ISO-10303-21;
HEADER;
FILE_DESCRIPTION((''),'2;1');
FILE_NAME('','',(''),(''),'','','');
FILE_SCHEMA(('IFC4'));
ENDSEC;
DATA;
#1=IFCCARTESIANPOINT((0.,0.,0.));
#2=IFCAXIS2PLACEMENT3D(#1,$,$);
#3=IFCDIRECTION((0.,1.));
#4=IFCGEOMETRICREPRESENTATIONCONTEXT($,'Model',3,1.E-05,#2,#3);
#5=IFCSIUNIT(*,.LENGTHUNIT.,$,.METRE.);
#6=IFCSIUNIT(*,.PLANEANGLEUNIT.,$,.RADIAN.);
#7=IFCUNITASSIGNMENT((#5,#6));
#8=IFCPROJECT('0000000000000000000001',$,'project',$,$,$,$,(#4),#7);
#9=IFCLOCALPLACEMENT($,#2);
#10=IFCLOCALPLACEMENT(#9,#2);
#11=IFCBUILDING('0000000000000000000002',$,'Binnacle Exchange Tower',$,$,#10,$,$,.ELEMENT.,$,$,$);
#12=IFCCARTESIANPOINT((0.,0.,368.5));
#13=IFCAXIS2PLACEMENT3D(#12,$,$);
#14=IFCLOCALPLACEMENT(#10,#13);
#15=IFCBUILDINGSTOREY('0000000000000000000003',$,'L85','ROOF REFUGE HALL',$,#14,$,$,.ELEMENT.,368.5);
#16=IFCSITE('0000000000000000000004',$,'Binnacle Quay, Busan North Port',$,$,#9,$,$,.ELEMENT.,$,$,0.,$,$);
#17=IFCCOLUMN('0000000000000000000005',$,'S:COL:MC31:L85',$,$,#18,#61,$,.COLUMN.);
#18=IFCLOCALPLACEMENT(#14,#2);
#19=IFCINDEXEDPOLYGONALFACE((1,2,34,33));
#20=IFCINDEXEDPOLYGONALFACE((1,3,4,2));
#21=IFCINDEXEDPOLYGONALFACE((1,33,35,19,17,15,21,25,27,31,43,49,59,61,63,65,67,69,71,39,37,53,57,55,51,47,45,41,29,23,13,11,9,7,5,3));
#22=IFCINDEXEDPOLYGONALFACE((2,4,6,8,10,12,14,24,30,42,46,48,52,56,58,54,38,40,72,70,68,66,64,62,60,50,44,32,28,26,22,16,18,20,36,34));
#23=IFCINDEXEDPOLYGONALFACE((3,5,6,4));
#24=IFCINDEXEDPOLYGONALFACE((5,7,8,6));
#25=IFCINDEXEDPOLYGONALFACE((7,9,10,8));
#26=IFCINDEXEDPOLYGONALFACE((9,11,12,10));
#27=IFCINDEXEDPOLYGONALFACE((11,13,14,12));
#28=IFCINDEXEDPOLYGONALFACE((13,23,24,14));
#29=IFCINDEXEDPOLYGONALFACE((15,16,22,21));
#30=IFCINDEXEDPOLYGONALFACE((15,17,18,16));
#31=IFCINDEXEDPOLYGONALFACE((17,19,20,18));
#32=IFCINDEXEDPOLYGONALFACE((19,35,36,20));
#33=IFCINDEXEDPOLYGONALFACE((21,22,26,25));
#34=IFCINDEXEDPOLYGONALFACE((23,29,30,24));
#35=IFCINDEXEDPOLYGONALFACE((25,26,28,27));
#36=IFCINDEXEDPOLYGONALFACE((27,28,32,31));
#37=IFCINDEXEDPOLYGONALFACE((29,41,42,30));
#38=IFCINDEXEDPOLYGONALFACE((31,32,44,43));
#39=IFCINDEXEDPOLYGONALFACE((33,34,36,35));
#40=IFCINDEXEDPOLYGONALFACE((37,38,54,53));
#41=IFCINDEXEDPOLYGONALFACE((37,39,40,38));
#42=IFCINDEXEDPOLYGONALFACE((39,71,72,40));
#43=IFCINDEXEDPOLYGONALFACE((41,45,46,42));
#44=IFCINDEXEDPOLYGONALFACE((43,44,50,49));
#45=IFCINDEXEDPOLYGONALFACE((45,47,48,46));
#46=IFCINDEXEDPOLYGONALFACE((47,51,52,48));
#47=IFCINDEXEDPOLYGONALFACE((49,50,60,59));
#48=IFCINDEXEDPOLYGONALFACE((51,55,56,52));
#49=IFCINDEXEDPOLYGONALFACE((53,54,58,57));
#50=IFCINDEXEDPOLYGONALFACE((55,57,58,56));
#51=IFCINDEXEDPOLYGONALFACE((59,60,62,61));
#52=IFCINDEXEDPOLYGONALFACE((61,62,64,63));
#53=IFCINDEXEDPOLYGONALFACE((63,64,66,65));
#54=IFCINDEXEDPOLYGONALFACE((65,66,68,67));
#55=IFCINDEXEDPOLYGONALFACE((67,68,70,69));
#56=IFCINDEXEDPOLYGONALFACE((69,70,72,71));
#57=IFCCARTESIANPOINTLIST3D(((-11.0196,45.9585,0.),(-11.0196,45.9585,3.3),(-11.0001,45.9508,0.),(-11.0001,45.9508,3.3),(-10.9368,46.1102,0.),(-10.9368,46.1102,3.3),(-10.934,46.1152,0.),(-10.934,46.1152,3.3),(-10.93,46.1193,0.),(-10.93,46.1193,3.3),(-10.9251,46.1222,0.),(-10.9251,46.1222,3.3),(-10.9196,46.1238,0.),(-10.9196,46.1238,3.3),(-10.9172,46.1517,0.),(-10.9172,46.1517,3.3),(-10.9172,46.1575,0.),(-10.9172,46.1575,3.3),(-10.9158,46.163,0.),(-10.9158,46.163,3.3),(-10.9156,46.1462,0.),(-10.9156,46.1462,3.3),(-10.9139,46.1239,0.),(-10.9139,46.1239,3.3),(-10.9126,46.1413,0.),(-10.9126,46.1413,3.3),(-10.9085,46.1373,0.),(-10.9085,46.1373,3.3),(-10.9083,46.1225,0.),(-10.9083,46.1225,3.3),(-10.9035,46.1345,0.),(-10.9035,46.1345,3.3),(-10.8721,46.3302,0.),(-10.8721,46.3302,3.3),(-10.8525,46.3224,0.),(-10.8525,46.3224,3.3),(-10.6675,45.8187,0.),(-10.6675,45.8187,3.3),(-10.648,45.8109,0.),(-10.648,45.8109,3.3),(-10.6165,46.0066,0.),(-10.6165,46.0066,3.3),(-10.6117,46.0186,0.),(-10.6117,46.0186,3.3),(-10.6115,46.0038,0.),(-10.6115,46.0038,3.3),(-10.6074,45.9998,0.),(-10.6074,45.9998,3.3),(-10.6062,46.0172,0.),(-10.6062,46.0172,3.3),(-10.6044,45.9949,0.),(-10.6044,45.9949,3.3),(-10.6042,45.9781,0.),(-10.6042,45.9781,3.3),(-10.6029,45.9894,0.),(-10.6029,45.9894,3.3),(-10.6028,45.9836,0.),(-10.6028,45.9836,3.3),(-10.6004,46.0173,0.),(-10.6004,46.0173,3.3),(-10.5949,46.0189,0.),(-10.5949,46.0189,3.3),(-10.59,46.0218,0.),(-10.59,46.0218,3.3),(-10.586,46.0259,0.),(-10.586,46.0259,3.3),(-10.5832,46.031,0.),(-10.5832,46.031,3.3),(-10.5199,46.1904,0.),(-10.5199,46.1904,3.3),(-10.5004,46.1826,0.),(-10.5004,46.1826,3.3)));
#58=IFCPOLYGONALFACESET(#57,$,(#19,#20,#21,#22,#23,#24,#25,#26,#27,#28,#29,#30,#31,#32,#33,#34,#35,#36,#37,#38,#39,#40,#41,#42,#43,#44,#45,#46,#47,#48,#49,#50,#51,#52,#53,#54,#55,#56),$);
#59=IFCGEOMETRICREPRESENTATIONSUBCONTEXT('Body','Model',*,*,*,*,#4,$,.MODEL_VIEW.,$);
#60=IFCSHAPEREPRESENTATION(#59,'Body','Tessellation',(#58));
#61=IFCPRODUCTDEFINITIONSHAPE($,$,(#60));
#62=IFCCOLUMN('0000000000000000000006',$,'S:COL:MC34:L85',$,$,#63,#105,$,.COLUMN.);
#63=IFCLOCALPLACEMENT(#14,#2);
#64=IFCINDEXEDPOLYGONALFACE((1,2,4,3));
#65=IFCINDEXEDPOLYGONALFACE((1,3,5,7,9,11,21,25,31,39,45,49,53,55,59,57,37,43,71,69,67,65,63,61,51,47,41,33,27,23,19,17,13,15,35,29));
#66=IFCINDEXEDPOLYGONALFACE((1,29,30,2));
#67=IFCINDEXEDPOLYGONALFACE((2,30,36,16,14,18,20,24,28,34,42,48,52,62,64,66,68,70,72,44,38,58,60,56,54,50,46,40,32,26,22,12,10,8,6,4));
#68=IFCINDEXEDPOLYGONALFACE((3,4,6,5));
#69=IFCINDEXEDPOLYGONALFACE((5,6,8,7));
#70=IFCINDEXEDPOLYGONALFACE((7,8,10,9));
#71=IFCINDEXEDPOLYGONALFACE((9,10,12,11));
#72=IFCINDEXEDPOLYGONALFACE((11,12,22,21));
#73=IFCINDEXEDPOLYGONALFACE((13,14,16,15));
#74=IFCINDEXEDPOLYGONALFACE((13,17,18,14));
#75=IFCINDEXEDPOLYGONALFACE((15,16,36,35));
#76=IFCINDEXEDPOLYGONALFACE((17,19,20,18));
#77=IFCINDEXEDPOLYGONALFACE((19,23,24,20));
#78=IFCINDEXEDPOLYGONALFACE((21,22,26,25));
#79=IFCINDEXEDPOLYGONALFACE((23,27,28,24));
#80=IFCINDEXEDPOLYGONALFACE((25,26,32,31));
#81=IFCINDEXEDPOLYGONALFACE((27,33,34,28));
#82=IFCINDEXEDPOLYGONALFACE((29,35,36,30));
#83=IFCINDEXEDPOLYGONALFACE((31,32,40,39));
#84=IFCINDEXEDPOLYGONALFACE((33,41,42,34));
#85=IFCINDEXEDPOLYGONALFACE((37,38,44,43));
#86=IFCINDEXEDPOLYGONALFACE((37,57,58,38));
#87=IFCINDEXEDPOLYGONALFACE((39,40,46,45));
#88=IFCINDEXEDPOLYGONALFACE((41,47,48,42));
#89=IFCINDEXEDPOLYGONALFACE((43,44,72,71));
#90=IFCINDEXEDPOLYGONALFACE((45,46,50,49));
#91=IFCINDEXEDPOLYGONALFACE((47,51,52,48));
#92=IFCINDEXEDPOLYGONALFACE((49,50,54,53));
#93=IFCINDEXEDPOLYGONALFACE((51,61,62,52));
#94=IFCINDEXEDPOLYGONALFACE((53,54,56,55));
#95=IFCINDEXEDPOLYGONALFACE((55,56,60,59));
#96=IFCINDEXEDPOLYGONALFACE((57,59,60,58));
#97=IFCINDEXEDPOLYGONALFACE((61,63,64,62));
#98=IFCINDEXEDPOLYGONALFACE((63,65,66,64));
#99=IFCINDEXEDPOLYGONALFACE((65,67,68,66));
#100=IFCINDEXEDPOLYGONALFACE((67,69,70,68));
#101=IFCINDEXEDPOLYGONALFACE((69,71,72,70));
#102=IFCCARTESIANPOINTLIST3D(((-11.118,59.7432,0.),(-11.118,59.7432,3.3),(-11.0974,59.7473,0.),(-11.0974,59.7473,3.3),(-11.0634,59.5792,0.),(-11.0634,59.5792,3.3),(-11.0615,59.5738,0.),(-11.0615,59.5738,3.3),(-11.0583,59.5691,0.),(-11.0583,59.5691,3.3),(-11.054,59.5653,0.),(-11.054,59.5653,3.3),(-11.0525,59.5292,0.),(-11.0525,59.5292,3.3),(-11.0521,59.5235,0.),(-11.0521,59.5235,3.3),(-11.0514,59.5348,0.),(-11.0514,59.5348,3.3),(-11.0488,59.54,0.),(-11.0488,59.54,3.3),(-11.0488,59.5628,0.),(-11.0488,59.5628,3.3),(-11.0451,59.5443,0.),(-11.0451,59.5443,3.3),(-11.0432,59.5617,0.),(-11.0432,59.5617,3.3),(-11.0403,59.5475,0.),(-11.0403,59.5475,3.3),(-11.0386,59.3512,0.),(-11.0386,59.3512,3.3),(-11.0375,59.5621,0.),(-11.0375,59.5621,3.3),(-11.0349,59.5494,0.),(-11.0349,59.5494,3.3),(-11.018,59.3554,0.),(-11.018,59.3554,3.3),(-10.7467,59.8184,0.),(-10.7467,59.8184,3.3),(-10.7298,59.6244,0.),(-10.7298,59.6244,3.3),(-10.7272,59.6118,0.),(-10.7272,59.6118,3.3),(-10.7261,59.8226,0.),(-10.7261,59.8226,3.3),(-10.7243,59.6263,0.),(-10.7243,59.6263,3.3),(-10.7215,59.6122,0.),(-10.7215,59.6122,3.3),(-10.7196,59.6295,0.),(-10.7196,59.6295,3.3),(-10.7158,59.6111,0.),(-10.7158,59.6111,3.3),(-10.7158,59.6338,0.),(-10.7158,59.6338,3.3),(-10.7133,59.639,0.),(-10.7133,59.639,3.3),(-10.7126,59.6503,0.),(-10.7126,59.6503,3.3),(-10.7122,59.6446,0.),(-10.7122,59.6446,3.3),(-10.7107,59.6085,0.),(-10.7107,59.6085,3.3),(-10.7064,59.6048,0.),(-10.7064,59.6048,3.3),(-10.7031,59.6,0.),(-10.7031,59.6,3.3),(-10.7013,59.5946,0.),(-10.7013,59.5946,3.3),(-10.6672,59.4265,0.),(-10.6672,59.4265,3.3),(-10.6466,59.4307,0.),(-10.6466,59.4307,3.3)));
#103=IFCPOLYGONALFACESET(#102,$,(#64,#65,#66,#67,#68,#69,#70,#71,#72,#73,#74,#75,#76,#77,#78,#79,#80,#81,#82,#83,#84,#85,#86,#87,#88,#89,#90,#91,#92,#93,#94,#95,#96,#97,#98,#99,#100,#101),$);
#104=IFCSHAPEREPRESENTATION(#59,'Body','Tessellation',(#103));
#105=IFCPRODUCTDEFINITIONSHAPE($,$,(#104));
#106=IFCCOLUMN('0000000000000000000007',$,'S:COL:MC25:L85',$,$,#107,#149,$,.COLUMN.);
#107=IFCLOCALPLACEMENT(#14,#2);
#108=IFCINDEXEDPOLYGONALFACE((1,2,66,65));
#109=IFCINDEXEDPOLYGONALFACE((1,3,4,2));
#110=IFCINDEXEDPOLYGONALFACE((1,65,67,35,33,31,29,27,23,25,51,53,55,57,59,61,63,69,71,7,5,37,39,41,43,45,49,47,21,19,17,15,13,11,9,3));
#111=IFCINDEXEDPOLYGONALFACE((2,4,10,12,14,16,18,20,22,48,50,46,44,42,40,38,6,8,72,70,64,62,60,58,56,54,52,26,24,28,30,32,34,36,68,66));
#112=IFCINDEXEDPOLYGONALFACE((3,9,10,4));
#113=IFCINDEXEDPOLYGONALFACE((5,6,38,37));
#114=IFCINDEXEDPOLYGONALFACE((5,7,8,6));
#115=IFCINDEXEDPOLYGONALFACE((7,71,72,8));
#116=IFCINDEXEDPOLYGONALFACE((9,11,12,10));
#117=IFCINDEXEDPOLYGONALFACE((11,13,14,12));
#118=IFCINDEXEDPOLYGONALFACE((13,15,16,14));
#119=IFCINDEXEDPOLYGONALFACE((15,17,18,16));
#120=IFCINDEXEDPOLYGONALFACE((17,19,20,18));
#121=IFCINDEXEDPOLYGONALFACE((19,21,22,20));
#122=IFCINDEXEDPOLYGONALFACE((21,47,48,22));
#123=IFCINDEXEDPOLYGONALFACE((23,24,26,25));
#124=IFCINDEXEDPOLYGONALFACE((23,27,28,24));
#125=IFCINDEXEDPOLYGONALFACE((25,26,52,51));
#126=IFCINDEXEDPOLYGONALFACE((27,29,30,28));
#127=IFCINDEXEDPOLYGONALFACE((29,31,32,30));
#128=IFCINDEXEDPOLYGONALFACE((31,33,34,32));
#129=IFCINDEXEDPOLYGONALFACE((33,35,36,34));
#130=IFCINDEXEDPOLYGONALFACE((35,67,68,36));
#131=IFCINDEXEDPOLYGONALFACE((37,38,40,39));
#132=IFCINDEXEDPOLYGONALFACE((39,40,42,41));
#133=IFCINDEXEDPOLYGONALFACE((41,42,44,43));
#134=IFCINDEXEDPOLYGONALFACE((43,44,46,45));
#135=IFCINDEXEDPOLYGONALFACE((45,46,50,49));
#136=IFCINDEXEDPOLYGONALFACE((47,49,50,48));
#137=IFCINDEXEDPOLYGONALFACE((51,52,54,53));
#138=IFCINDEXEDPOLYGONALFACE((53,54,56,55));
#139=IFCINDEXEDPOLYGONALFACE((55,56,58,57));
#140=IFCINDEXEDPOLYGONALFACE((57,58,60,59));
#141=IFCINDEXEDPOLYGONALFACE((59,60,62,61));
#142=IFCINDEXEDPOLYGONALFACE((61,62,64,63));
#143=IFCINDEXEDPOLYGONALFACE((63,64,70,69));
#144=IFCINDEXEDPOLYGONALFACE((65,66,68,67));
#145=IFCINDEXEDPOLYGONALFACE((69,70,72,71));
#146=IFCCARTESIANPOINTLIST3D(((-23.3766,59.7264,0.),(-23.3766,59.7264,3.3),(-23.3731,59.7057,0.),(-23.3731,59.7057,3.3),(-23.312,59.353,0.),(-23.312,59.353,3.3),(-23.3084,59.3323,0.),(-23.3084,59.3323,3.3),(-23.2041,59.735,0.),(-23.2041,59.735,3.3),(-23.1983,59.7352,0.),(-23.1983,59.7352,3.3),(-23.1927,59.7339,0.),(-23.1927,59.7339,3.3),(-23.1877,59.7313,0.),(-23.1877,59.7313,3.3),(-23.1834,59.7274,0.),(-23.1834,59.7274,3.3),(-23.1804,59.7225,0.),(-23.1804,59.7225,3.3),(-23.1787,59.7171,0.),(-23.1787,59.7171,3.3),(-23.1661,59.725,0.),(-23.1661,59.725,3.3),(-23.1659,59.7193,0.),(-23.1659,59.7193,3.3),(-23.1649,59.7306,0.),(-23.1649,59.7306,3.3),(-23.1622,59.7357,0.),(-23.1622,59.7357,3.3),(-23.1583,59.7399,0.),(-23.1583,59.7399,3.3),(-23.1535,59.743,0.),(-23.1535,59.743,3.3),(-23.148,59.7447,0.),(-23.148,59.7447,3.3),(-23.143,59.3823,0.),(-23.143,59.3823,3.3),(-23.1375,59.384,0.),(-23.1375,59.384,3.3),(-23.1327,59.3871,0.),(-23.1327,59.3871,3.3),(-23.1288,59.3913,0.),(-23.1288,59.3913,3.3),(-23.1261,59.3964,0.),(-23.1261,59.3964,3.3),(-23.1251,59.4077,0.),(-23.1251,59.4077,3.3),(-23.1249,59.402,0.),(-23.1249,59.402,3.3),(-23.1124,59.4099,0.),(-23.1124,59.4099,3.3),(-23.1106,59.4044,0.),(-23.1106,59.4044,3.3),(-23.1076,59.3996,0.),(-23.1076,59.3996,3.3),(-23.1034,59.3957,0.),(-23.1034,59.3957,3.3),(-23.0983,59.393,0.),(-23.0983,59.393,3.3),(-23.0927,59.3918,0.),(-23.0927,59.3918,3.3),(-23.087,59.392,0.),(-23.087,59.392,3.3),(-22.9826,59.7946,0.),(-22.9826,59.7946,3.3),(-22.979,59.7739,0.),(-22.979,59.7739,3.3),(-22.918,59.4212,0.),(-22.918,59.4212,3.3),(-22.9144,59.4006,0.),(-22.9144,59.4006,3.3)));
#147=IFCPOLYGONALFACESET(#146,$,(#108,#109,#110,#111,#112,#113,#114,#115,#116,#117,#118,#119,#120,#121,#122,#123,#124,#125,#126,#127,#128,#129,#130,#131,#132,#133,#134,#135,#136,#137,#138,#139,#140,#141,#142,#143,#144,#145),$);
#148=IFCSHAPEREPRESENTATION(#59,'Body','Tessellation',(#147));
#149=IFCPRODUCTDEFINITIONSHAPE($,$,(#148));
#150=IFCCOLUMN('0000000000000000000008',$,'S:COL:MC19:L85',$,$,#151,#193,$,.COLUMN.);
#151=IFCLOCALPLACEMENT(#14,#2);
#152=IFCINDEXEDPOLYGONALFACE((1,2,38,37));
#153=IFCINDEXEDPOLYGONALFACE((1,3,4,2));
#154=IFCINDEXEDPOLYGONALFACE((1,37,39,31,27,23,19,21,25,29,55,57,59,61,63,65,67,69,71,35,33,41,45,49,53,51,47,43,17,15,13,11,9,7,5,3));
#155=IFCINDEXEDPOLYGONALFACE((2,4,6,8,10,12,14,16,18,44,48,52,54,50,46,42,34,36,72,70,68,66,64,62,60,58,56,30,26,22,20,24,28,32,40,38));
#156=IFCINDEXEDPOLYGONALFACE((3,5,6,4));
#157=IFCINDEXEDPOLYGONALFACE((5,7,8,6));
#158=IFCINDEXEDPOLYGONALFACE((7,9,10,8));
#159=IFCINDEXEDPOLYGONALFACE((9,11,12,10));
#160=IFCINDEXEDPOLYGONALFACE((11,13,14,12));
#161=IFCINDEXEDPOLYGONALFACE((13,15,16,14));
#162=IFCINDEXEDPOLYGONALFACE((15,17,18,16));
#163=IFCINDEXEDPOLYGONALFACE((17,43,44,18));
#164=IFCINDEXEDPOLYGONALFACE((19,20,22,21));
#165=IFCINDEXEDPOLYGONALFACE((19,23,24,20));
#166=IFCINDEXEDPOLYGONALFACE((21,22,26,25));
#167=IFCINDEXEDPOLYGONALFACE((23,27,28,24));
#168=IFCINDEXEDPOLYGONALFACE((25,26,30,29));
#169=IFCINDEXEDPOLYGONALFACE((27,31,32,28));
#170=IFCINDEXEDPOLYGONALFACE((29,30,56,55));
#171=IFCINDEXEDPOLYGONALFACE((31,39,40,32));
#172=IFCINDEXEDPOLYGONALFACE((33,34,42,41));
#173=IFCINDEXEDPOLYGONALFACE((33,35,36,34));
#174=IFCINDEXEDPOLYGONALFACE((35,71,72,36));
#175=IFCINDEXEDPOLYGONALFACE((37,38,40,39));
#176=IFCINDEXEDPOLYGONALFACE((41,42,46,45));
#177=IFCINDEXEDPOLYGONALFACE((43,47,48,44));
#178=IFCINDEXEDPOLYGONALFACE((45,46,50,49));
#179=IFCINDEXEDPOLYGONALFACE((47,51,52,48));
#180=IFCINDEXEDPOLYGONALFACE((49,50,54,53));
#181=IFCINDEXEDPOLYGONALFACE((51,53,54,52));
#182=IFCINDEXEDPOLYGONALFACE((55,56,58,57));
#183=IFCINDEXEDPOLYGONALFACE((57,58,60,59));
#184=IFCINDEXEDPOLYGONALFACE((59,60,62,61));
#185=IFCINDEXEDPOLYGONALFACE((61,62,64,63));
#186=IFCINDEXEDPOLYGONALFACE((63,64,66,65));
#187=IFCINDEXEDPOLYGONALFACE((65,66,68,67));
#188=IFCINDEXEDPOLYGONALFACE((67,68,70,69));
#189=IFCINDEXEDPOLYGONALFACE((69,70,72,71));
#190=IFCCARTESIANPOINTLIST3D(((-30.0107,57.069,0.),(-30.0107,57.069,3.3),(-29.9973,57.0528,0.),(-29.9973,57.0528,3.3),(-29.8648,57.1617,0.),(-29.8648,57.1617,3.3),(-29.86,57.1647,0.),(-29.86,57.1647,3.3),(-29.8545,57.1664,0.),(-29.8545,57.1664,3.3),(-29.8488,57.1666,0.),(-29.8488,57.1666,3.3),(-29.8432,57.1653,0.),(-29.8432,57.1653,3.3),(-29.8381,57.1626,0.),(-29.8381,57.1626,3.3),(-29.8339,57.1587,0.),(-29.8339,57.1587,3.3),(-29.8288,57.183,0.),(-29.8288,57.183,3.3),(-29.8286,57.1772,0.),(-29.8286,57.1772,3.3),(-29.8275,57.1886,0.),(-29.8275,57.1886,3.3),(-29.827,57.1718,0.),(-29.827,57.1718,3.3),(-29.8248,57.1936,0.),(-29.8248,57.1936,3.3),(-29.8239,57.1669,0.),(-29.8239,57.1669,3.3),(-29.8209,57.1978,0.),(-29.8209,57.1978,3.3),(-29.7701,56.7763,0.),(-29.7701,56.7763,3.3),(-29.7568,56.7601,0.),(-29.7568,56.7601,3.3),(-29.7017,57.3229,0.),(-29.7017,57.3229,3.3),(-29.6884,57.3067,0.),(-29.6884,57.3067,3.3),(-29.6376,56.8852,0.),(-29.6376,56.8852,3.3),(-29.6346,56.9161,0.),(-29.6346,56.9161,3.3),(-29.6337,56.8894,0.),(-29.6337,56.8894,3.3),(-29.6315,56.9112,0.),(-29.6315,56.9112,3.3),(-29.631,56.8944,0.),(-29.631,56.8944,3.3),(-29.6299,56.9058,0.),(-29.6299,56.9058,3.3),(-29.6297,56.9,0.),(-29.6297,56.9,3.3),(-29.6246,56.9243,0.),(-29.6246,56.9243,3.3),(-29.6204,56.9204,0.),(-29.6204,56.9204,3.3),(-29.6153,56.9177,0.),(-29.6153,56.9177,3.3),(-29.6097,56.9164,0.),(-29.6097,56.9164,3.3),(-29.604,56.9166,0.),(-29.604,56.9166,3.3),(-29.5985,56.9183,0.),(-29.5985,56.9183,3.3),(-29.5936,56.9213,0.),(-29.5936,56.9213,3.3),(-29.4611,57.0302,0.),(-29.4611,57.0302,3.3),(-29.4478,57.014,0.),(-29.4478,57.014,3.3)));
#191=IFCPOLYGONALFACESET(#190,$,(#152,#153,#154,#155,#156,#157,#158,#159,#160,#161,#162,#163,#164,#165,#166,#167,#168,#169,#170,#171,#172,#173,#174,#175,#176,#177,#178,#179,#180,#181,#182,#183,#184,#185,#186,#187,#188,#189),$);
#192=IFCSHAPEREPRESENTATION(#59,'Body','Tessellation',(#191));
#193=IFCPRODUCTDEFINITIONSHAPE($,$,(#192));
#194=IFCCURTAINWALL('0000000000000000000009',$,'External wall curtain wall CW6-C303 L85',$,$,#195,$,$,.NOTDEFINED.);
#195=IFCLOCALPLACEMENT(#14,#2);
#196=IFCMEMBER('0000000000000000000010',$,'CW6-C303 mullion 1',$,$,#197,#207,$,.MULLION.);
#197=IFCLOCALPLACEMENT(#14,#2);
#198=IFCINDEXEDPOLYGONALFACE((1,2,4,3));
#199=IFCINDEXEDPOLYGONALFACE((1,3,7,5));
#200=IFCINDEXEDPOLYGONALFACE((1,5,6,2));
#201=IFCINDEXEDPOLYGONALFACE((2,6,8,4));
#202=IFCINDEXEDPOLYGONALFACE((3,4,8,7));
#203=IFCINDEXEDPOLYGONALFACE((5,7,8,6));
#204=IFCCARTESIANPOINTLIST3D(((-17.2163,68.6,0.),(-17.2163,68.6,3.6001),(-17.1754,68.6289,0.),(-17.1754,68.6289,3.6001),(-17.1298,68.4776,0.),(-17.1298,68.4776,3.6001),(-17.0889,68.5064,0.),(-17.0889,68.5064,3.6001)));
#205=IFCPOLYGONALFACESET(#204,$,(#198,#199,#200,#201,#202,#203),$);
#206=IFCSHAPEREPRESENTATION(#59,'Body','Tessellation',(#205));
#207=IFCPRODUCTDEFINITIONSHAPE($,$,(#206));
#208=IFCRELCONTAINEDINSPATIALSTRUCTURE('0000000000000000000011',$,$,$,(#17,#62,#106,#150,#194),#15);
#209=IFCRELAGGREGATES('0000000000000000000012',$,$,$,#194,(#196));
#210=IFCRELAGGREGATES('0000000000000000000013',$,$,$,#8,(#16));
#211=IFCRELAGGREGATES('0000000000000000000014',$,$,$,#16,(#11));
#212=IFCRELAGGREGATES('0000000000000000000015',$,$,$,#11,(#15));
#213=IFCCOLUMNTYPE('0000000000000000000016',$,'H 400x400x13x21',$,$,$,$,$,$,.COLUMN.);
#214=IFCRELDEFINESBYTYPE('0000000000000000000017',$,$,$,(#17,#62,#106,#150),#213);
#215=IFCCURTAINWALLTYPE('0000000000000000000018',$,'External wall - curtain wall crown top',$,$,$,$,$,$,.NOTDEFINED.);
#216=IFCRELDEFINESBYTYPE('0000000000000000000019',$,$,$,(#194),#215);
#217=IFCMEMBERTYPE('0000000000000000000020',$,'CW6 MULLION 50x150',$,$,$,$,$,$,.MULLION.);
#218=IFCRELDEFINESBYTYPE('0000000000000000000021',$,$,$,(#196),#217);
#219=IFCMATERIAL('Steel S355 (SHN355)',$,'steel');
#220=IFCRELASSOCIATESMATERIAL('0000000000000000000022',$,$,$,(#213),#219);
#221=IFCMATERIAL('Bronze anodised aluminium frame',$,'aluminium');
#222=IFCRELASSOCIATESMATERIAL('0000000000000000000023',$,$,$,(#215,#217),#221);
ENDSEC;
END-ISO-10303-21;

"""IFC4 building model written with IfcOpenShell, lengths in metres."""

from ifc_helpers import new_model, si_unit, direction, frame, origin, origin_2d, place, context, subcontext, project, spatial, rectangle, i_section, extrude, material, material_profile, profile_set, type_object, element, aggregate, save


model = new_model("IFC4")

# Units and contexts
model_context = context("Model", 3, precision=1e-05, world=origin(), true_north=direction((0.0, 1.0)))
body_context = subcontext(model_context, "Body", "Model", "MODEL_VIEW")
ifc_project = project(units=[si_unit("LENGTHUNIT", "METRE"), si_unit("PLANEANGLEUNIT", "RADIAN")], contexts=[model_context])

# Site, building, storey
site_placement = place(None, origin())
site = spatial("IfcSite", under=ifc_project, at=site_placement, Name="Binnacle Quay, Busan North Port", CompositionType="ELEMENT", RefElevation=0.0)
building_placement = place(site_placement, origin())
building = spatial("IfcBuilding", under=site, at=building_placement, Name="Binnacle Exchange Tower", CompositionType="ELEMENT")
storey_placement = place(building_placement, frame((0.0, 0.0, 368.5)))
storey = spatial("IfcBuildingStorey", under=building, at=storey_placement, Name="L85", Description="ROOF REFUGE HALL", CompositionType="ELEMENT", Elevation=368.5)

# Columns
ifc_material_1 = material(Name="Steel S355 (SHN355)", Category="steel")
ifc_material_profile_1 = material_profile(ifc_material_1, i_section(OverallWidth=0.3999, OverallDepth=0.3999, WebThickness=0.0129, FlangeThickness=0.021, FilletRadius=0.022, at=origin_2d()), Name="H 400x400x13x21")
ifc_profile_set_1 = profile_set([ifc_material_profile_1], Name="Steel S355 (SHN355)")
column_type = type_object("IfcColumnType", Name="H 400x400x13x21", PredefinedType="COLUMN", material=ifc_profile_set_1)
for number, where, z_axis, x_axis, name in (
    (1, (-10.76, 46.0706, 0.0), (0.0, 0.0, 1.0), (0.369033, 0.929416, 0.0), "S:COL:MC31:L85"),
    (2, (-10.8823, 59.5869, 0.0), (0.0, 0.0, 1.0), (-0.198667, 0.980067, 0.0), "S:COL:MC34:L85"),
    (3, (-23.1455, 59.5635, 0.0), (0.0, 0.0, 1.0), (0.985345, 0.170571, 0.0), "S:COL:MC25:L85"),
    (4, (-29.7292, 57.0415, 0.0), (0.0, 0.0, 1.0), (-0.772556, -0.634946, 0.0), "S:COL:MC19:L85"),
):
    element("IfcColumn", number, at=place(storey_placement, frame(where, z_axis=z_axis, x_axis=x_axis)), inside=storey, type_object=column_type, Name=name, PredefinedType="COLUMN", context=body_context, shape_type="SweptSolid", body=[
        extrude(i_section(OverallWidth=0.3999, OverallDepth=0.3999, WebThickness=0.0129, FlangeThickness=0.021, FilletRadius=0.022, at=origin_2d()), origin(), (0.0, 0.0, 1.0), 3.3),
    ])

# Curtain wall, member
ifc_material_2 = material(Name="Bronze anodised aluminium frame", Category="aluminium")
curtain_wall_type = type_object("IfcCurtainWallType", Name="External wall - curtain wall crown top", PredefinedType="NOTDEFINED", material=ifc_material_2)
curtain_wall_placement = place(storey_placement, origin())
curtain_wall = element("IfcCurtainWall", 5, at=curtain_wall_placement, inside=storey, type_object=curtain_wall_type, Name="External wall curtain wall CW6-C303 L85", PredefinedType="NOTDEFINED")
ifc_material_profile_2 = material_profile(ifc_material_2, rectangle(XDim=0.1499, YDim=0.05, at=origin_2d()), Name="AL 50x150")
ifc_profile_set_2 = profile_set([ifc_material_profile_2], Name="Bronze anodised aluminium frame")
member_type_1 = type_object("IfcMemberType", Name="CW6 MULLION 50x150", PredefinedType="MULLION", material=ifc_profile_set_2)
member_1_placement = place(storey_placement, frame((-17.1526, 68.5532, 0.0), z_axis=(0.0, 0.0, 1.0), x_axis=(0.576854, -0.816847, 0.0)))
member_1 = element("IfcMember", 6, at=member_1_placement, type_object=member_type_1, Name="CW6-C303 mullion 1", PredefinedType="MULLION", context=body_context, shape_type="SweptSolid", body=[
    extrude(rectangle(XDim=0.1499, YDim=0.05, at=origin_2d()), origin(), (0.0, 0.0, 1.0), 3.6001),
])

aggregate(curtain_wall, [member_1])

save(model, "model.ifc")
